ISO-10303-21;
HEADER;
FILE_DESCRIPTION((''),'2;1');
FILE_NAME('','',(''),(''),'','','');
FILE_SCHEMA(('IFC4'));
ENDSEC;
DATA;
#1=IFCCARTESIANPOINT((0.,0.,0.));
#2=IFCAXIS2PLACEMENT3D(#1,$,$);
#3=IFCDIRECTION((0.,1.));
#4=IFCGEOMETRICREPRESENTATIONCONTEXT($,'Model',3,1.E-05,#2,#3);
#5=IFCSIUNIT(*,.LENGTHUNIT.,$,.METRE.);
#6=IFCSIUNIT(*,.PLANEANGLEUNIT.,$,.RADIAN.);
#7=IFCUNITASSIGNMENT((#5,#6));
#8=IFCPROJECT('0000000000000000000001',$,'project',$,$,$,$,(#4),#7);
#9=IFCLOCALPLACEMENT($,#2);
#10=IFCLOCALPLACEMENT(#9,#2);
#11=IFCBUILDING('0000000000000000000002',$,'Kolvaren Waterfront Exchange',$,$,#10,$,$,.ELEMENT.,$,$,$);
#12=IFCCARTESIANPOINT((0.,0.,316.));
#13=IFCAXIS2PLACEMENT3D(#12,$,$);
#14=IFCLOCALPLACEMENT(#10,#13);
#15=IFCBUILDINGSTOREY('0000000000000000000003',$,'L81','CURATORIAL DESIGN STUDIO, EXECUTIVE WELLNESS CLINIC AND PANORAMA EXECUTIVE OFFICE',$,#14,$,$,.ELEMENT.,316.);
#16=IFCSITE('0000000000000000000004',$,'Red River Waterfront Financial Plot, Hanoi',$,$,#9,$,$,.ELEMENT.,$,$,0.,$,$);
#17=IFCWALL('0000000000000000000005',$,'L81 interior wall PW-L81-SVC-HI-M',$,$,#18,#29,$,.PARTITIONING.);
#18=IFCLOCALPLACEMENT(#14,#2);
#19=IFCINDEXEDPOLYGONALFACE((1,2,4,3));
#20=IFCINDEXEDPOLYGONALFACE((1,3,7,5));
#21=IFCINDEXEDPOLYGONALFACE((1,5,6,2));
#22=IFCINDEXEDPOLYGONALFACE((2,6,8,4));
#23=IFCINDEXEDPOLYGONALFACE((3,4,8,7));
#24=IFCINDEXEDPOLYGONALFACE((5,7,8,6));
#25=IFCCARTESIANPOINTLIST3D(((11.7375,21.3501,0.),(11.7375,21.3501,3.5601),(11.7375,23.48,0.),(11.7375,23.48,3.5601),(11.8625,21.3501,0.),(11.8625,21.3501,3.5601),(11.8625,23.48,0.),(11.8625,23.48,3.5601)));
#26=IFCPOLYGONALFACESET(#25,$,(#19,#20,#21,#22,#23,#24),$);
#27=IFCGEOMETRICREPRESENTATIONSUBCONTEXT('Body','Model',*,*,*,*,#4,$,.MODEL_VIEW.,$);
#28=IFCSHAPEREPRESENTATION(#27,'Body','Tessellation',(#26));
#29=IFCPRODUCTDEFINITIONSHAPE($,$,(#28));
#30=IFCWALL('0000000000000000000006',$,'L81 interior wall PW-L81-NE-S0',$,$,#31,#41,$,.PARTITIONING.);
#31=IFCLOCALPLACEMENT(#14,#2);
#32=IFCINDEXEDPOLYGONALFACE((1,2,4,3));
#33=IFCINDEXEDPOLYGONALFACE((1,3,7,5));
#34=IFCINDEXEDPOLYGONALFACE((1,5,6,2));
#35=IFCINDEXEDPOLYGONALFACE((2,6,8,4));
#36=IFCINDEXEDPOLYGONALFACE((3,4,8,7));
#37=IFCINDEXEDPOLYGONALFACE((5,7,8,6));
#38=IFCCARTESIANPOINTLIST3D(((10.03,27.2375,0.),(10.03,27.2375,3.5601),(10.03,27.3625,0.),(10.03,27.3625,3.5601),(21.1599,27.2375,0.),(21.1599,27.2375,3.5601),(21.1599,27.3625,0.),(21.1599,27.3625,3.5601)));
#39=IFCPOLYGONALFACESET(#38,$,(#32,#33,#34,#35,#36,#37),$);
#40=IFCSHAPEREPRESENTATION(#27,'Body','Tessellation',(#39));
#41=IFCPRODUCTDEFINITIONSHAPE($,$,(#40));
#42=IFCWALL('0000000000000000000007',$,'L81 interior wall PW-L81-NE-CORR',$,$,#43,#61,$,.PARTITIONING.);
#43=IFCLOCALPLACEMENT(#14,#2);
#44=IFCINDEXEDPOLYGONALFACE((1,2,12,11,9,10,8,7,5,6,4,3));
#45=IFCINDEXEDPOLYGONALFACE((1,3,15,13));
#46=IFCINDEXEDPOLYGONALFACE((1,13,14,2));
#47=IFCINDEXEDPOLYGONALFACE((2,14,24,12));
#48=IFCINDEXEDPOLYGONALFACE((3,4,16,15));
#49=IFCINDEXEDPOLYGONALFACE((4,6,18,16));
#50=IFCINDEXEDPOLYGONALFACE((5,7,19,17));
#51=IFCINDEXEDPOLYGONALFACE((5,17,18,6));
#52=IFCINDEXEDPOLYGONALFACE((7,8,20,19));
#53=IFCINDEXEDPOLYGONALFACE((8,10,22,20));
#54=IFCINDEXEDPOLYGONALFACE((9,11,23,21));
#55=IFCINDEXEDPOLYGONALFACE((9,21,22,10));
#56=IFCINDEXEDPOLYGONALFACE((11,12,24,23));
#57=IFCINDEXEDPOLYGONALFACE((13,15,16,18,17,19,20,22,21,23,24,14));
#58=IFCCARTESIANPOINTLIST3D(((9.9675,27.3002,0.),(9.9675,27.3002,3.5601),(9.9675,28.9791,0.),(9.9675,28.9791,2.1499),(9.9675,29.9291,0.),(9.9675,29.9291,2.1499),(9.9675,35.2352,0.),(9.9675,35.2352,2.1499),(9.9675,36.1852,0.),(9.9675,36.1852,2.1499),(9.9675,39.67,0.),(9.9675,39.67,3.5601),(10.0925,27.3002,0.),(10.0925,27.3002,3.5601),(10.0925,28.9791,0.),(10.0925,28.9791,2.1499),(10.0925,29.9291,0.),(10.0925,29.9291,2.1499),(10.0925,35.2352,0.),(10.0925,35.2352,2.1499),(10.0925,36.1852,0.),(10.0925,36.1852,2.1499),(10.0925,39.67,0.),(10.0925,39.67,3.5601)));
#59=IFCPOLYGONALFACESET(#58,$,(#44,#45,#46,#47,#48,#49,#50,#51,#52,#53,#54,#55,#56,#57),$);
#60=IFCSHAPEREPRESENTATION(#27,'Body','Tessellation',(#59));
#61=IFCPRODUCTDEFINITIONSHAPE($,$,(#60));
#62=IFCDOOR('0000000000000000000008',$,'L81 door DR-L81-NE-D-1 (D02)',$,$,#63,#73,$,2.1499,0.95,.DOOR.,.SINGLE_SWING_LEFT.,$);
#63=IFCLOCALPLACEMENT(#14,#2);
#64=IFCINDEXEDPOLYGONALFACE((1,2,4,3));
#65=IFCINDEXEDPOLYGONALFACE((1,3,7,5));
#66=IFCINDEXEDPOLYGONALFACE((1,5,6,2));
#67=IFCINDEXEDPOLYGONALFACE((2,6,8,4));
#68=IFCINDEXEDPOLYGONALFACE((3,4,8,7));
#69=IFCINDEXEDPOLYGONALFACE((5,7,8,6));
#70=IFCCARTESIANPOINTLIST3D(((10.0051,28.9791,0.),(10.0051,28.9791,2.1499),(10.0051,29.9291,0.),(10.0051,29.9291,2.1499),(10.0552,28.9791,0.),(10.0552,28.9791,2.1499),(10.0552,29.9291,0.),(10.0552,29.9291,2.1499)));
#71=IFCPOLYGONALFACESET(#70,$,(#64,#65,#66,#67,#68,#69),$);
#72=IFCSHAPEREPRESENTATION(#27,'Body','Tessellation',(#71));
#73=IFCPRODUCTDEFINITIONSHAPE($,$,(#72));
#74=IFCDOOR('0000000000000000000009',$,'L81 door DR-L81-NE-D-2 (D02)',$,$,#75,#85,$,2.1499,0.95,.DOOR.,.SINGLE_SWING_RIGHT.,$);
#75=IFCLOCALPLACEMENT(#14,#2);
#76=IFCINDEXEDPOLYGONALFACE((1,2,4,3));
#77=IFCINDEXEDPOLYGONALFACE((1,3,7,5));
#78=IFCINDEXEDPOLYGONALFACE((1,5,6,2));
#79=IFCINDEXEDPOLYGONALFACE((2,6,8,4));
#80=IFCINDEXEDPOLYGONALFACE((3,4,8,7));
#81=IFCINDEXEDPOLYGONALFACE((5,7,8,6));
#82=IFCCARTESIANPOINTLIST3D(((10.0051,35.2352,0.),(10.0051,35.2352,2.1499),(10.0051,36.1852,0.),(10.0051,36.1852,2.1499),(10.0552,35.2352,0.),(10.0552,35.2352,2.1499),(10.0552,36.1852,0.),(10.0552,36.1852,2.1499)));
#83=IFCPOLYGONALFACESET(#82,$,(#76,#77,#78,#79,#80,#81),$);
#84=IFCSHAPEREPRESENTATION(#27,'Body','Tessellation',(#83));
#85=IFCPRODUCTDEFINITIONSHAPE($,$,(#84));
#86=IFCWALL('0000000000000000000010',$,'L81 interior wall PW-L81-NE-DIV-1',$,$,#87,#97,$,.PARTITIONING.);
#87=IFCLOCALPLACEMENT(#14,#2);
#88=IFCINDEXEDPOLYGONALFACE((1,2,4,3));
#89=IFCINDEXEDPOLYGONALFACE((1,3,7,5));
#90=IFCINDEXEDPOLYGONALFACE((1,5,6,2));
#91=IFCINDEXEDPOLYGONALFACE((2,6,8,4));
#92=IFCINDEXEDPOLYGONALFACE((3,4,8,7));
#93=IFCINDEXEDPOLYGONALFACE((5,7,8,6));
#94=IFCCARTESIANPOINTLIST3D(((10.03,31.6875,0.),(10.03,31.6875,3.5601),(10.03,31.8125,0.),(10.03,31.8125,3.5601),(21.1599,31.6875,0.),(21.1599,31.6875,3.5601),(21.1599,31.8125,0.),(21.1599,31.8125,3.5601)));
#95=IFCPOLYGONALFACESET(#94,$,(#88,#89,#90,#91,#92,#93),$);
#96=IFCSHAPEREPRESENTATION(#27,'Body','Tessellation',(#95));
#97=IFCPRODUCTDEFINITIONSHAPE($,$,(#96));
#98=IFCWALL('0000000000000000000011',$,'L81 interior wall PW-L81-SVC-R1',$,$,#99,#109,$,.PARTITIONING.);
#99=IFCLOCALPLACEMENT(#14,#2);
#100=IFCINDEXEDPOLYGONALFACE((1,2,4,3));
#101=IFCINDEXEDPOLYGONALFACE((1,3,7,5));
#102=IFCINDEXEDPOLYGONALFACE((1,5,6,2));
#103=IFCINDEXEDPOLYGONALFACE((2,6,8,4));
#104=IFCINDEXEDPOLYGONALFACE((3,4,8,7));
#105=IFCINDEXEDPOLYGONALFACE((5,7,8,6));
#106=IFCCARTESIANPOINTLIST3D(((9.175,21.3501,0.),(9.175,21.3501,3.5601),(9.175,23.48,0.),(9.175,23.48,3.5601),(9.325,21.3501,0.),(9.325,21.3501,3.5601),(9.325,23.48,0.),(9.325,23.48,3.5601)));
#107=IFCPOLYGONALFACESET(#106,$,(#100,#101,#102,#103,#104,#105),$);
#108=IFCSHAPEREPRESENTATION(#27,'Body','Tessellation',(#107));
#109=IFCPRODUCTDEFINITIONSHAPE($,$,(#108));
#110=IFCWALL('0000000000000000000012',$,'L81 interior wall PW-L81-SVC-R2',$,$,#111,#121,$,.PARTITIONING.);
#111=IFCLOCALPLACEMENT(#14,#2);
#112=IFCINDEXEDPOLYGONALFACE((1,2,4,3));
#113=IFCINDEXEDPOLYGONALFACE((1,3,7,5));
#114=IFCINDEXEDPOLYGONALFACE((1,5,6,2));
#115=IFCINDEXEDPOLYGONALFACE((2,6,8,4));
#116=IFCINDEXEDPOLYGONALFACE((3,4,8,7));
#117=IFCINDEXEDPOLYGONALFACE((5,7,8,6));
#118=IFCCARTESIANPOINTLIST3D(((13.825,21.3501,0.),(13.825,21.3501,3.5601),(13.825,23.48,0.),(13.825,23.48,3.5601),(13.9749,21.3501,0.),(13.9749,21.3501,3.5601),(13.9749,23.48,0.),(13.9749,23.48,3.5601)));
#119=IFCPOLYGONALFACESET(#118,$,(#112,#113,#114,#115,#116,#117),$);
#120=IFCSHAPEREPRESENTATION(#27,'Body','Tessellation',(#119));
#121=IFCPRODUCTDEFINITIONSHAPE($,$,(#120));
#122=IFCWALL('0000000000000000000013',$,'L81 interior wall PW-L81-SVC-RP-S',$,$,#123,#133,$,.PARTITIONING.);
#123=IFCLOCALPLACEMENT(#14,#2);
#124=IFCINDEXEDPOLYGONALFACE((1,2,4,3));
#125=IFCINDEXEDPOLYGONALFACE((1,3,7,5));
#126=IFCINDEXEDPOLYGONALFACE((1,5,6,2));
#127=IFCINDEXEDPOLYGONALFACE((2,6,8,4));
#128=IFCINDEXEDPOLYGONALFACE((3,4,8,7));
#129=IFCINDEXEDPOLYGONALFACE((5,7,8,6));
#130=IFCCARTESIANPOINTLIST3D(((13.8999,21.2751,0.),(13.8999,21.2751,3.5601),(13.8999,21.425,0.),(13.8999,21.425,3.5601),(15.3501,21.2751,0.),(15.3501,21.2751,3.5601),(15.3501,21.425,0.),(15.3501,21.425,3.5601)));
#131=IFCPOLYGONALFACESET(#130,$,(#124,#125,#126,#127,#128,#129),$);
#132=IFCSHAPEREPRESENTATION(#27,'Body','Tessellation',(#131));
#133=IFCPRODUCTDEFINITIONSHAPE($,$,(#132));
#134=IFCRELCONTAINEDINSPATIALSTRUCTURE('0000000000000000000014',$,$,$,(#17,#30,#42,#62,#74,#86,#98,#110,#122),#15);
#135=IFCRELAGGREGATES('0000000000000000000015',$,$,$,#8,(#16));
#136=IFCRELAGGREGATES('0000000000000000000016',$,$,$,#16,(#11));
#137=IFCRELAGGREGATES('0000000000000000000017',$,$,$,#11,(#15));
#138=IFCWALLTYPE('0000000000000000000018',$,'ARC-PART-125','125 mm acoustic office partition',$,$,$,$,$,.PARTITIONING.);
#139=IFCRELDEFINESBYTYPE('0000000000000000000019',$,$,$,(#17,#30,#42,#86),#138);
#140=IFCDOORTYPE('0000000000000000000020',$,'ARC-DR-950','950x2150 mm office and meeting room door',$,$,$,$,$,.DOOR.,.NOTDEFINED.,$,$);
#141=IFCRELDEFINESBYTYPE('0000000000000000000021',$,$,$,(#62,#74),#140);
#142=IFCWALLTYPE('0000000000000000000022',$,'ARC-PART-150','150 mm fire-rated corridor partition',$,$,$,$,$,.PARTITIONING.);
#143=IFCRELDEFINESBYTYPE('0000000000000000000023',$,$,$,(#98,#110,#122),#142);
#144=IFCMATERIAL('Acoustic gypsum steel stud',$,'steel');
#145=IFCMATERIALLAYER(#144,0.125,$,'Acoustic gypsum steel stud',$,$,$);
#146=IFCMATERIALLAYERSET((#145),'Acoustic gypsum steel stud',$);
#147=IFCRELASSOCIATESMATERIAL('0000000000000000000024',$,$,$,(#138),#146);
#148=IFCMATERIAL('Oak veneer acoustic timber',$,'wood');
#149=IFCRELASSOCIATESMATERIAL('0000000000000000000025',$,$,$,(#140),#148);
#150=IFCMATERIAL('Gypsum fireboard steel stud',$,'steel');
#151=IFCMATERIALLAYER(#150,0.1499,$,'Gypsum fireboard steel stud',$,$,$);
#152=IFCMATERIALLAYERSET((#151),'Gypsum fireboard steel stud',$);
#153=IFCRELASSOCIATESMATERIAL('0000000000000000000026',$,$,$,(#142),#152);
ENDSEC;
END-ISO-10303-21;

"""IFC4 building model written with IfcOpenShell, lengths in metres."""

from ifc_helpers import new_model, si_unit, direction, frame, frame_2d, origin, place, context, subcontext, project, spatial, rectangle, extrude, material, layer, layer_set, type_object, element, fill, save


model = new_model("IFC4")

# Units and contexts
model_context = context("Model", 3, precision=1e-05, world=origin(), true_north=direction((0.0, 1.0)))
body_context = subcontext(model_context, "Body", "Model", "MODEL_VIEW")
ifc_project = project(units=[si_unit("LENGTHUNIT", "METRE"), si_unit("PLANEANGLEUNIT", "RADIAN")], contexts=[model_context])

# Site, building, storey
site_placement = place(None, origin())
site = spatial("IfcSite", under=ifc_project, at=site_placement, Name="Red River Waterfront Financial Plot, Hanoi", CompositionType="ELEMENT", RefElevation=0.0)
building_placement = place(site_placement, origin())
building = spatial("IfcBuilding", under=site, at=building_placement, Name="Kolvaren Waterfront Exchange", CompositionType="ELEMENT")
storey_placement = place(building_placement, frame((0.0, 0.0, 316.0)))
storey = spatial("IfcBuildingStorey", under=building, at=storey_placement, Name="L81", Description="CURATORIAL DESIGN STUDIO, EXECUTIVE WELLNESS CLINIC AND PANORAMA EXECUTIVE OFFICE", CompositionType="ELEMENT", Elevation=316.0)

# Shared definitions
ifc_material_1 = material(Name="Acoustic gypsum steel stud", Category="steel")
ifc_layer_1 = layer(ifc_material_1, 0.125, Name="Acoustic gypsum steel stud")
ifc_layer_set_1 = layer_set([ifc_layer_1], Name="Acoustic gypsum steel stud")
wall_type_1 = type_object("IfcWallType", Name="ARC-PART-125", Description="125 mm acoustic office partition", PredefinedType="PARTITIONING", material=ifc_layer_set_1)

# Walls
wall_1_placement = place(storey_placement, frame((11.8, 21.3501, 0.0), z_axis=(0.0, 0.0, 1.0), x_axis=(0.0, 1.0, 0.0)))
element("IfcWall", 1, at=wall_1_placement, inside=storey, type_object=wall_type_1, Name="L81 interior wall PW-L81-SVC-HI-M", PredefinedType="PARTITIONING", context=body_context, shape_type="SweptSolid", body=[
    extrude(rectangle(XDim=2.1299, YDim=0.125, at=frame_2d((1.0649, 0.0))), origin(), (0.0, 0.0, 1.0), 3.5601),
])
wall_2_placement = place(storey_placement, frame((10.03, 27.3, 0.0), z_axis=(0.0, 0.0, 1.0), x_axis=(1.0, 0.0, 0.0)))
element("IfcWall", 2, at=wall_2_placement, inside=storey, type_object=wall_type_1, Name="L81 interior wall PW-L81-NE-S0", PredefinedType="PARTITIONING", context=body_context, shape_type="SweptSolid", body=[
    extrude(rectangle(XDim=11.1299, YDim=0.125, at=frame_2d((5.5649, 0.0))), origin(), (0.0, 0.0, 1.0), 3.5601),
])

# Wall, openings, doors
wall_3_placement = place(storey_placement, frame((10.03, 27.3, 0.0), z_axis=(0.0, 0.0, 1.0), x_axis=(0.0, 1.0, 0.0)))
wall_3 = element("IfcWall", 3, at=wall_3_placement, inside=storey, type_object=wall_type_1, Name="L81 interior wall PW-L81-NE-CORR", PredefinedType="PARTITIONING", context=body_context, shape_type="SweptSolid", body=[
    extrude(rectangle(XDim=12.3699, YDim=0.125, at=frame_2d((6.1851, 0.0))), origin(), (0.0, 0.0, 1.0), 3.5601),
])
opening_1_placement = place(wall_3_placement, frame((1.679, 0.0, 0.0)))
opening_1 = element("IfcOpeningElement", 4, at=opening_1_placement, cuts=wall_3, PredefinedType="OPENING", context=body_context, shape_type="SweptSolid", body=[
    extrude(rectangle(XDim=0.95, YDim=2.1499, at=frame_2d((0.4751, 1.075))), frame((0.0, 0.0725, 0.0), z_axis=(0.0, -1.0, 0.0), x_axis=(1.0, 0.0, 0.0)), (0.0, 0.0, 1.0), 0.145),
])
opening_2_placement = place(wall_3_placement, frame((7.9351, 0.0, 0.0)))
opening_2 = element("IfcOpeningElement", 5, at=opening_2_placement, cuts=wall_3, PredefinedType="OPENING", context=body_context, shape_type="SweptSolid", body=[
    extrude(rectangle(XDim=0.95, YDim=2.1499, at=frame_2d((0.4751, 1.075))), frame((0.0, 0.0725, 0.0), z_axis=(0.0, -1.0, 0.0), x_axis=(1.0, 0.0, 0.0)), (0.0, 0.0, 1.0), 0.145),
])
ifc_material_2 = material(Name="Oak veneer acoustic timber", Category="wood")
door_type_1 = type_object("IfcDoorType", Name="ARC-DR-950", Description="950x2150 mm office and meeting room door", OperationType="NOTDEFINED", PredefinedType="DOOR", material=ifc_material_2)
door_1_placement = place(opening_1_placement, origin())
door_1 = element("IfcDoor", 6, at=door_1_placement, inside=storey, type_object=door_type_1, Name="L81 door DR-L81-NE-D-1 (D02)", OperationType="SINGLE_SWING_LEFT", OverallHeight=2.1499, OverallWidth=0.95, PredefinedType="DOOR", context=body_context, shape_type="SweptSolid", body=[
    extrude(rectangle(XDim=0.95, YDim=2.1499, at=frame_2d((0.4751, 1.075))), frame((0.0, 0.0249, 0.0), z_axis=(0.0, -1.0, 0.0), x_axis=(1.0, 0.0, 0.0)), (0.0, 0.0, 1.0), 0.05),
])
fill(opening_1, door_1)
door_2_placement = place(opening_2_placement, origin())
door_2 = element("IfcDoor", 7, at=door_2_placement, inside=storey, type_object=door_type_1, Name="L81 door DR-L81-NE-D-2 (D02)", OperationType="SINGLE_SWING_RIGHT", OverallHeight=2.1499, OverallWidth=0.95, PredefinedType="DOOR", context=body_context, shape_type="SweptSolid", body=[
    extrude(rectangle(XDim=0.95, YDim=2.1499, at=frame_2d((0.4751, 1.075))), frame((0.0, 0.0249, 0.0), z_axis=(0.0, -1.0, 0.0), x_axis=(1.0, 0.0, 0.0)), (0.0, 0.0, 1.0), 0.05),
])
fill(opening_2, door_2)

# Walls
wall_4_placement = place(storey_placement, frame((10.03, 31.75, 0.0), z_axis=(0.0, 0.0, 1.0), x_axis=(1.0, 0.0, 0.0)))
element("IfcWall", 8, at=wall_4_placement, inside=storey, type_object=wall_type_1, Name="L81 interior wall PW-L81-NE-DIV-1", PredefinedType="PARTITIONING", context=body_context, shape_type="SweptSolid", body=[
    extrude(rectangle(XDim=11.1299, YDim=0.125, at=frame_2d((5.5649, 0.0))), origin(), (0.0, 0.0, 1.0), 3.5601),
])
ifc_material_3 = material(Name="Gypsum fireboard steel stud", Category="steel")
ifc_layer_2 = layer(ifc_material_3, 0.1499, Name="Gypsum fireboard steel stud")
ifc_layer_set_2 = layer_set([ifc_layer_2], Name="Gypsum fireboard steel stud")
wall_type_2 = type_object("IfcWallType", Name="ARC-PART-150", Description="150 mm fire-rated corridor partition", PredefinedType="PARTITIONING", material=ifc_layer_set_2)
for number, where, z_axis, x_axis, name in (
    (9, (9.25, 21.3501, 0.0), (0.0, 0.0, 1.0), (0.0, 1.0, 0.0), "L81 interior wall PW-L81-SVC-R1"),
    (10, (13.8999, 21.3501, 0.0), (0.0, 0.0, 1.0), (0.0, 1.0, 0.0), "L81 interior wall PW-L81-SVC-R2"),
):
    element("IfcWall", number, at=place(storey_placement, frame(where, z_axis=z_axis, x_axis=x_axis)), inside=storey, type_object=wall_type_2, Name=name, PredefinedType="PARTITIONING", context=body_context, shape_type="SweptSolid", body=[
        extrude(rectangle(XDim=2.1299, YDim=0.1499, at=frame_2d((1.0649, 0.0))), origin(), (0.0, 0.0, 1.0), 3.5601),
    ])
wall_5_placement = place(storey_placement, frame((13.8999, 21.3501, 0.0), z_axis=(0.0, 0.0, 1.0), x_axis=(1.0, 0.0, 0.0)))
element("IfcWall", 11, at=wall_5_placement, inside=storey, type_object=wall_type_2, Name="L81 interior wall PW-L81-SVC-RP-S", PredefinedType="PARTITIONING", context=body_context, shape_type="SweptSolid", body=[
    extrude(rectangle(XDim=1.4502, YDim=0.1499, at=frame_2d((0.7251, 0.0))), origin(), (0.0, 0.0, 1.0), 3.5601),
])

save(model, "model.ifc")
